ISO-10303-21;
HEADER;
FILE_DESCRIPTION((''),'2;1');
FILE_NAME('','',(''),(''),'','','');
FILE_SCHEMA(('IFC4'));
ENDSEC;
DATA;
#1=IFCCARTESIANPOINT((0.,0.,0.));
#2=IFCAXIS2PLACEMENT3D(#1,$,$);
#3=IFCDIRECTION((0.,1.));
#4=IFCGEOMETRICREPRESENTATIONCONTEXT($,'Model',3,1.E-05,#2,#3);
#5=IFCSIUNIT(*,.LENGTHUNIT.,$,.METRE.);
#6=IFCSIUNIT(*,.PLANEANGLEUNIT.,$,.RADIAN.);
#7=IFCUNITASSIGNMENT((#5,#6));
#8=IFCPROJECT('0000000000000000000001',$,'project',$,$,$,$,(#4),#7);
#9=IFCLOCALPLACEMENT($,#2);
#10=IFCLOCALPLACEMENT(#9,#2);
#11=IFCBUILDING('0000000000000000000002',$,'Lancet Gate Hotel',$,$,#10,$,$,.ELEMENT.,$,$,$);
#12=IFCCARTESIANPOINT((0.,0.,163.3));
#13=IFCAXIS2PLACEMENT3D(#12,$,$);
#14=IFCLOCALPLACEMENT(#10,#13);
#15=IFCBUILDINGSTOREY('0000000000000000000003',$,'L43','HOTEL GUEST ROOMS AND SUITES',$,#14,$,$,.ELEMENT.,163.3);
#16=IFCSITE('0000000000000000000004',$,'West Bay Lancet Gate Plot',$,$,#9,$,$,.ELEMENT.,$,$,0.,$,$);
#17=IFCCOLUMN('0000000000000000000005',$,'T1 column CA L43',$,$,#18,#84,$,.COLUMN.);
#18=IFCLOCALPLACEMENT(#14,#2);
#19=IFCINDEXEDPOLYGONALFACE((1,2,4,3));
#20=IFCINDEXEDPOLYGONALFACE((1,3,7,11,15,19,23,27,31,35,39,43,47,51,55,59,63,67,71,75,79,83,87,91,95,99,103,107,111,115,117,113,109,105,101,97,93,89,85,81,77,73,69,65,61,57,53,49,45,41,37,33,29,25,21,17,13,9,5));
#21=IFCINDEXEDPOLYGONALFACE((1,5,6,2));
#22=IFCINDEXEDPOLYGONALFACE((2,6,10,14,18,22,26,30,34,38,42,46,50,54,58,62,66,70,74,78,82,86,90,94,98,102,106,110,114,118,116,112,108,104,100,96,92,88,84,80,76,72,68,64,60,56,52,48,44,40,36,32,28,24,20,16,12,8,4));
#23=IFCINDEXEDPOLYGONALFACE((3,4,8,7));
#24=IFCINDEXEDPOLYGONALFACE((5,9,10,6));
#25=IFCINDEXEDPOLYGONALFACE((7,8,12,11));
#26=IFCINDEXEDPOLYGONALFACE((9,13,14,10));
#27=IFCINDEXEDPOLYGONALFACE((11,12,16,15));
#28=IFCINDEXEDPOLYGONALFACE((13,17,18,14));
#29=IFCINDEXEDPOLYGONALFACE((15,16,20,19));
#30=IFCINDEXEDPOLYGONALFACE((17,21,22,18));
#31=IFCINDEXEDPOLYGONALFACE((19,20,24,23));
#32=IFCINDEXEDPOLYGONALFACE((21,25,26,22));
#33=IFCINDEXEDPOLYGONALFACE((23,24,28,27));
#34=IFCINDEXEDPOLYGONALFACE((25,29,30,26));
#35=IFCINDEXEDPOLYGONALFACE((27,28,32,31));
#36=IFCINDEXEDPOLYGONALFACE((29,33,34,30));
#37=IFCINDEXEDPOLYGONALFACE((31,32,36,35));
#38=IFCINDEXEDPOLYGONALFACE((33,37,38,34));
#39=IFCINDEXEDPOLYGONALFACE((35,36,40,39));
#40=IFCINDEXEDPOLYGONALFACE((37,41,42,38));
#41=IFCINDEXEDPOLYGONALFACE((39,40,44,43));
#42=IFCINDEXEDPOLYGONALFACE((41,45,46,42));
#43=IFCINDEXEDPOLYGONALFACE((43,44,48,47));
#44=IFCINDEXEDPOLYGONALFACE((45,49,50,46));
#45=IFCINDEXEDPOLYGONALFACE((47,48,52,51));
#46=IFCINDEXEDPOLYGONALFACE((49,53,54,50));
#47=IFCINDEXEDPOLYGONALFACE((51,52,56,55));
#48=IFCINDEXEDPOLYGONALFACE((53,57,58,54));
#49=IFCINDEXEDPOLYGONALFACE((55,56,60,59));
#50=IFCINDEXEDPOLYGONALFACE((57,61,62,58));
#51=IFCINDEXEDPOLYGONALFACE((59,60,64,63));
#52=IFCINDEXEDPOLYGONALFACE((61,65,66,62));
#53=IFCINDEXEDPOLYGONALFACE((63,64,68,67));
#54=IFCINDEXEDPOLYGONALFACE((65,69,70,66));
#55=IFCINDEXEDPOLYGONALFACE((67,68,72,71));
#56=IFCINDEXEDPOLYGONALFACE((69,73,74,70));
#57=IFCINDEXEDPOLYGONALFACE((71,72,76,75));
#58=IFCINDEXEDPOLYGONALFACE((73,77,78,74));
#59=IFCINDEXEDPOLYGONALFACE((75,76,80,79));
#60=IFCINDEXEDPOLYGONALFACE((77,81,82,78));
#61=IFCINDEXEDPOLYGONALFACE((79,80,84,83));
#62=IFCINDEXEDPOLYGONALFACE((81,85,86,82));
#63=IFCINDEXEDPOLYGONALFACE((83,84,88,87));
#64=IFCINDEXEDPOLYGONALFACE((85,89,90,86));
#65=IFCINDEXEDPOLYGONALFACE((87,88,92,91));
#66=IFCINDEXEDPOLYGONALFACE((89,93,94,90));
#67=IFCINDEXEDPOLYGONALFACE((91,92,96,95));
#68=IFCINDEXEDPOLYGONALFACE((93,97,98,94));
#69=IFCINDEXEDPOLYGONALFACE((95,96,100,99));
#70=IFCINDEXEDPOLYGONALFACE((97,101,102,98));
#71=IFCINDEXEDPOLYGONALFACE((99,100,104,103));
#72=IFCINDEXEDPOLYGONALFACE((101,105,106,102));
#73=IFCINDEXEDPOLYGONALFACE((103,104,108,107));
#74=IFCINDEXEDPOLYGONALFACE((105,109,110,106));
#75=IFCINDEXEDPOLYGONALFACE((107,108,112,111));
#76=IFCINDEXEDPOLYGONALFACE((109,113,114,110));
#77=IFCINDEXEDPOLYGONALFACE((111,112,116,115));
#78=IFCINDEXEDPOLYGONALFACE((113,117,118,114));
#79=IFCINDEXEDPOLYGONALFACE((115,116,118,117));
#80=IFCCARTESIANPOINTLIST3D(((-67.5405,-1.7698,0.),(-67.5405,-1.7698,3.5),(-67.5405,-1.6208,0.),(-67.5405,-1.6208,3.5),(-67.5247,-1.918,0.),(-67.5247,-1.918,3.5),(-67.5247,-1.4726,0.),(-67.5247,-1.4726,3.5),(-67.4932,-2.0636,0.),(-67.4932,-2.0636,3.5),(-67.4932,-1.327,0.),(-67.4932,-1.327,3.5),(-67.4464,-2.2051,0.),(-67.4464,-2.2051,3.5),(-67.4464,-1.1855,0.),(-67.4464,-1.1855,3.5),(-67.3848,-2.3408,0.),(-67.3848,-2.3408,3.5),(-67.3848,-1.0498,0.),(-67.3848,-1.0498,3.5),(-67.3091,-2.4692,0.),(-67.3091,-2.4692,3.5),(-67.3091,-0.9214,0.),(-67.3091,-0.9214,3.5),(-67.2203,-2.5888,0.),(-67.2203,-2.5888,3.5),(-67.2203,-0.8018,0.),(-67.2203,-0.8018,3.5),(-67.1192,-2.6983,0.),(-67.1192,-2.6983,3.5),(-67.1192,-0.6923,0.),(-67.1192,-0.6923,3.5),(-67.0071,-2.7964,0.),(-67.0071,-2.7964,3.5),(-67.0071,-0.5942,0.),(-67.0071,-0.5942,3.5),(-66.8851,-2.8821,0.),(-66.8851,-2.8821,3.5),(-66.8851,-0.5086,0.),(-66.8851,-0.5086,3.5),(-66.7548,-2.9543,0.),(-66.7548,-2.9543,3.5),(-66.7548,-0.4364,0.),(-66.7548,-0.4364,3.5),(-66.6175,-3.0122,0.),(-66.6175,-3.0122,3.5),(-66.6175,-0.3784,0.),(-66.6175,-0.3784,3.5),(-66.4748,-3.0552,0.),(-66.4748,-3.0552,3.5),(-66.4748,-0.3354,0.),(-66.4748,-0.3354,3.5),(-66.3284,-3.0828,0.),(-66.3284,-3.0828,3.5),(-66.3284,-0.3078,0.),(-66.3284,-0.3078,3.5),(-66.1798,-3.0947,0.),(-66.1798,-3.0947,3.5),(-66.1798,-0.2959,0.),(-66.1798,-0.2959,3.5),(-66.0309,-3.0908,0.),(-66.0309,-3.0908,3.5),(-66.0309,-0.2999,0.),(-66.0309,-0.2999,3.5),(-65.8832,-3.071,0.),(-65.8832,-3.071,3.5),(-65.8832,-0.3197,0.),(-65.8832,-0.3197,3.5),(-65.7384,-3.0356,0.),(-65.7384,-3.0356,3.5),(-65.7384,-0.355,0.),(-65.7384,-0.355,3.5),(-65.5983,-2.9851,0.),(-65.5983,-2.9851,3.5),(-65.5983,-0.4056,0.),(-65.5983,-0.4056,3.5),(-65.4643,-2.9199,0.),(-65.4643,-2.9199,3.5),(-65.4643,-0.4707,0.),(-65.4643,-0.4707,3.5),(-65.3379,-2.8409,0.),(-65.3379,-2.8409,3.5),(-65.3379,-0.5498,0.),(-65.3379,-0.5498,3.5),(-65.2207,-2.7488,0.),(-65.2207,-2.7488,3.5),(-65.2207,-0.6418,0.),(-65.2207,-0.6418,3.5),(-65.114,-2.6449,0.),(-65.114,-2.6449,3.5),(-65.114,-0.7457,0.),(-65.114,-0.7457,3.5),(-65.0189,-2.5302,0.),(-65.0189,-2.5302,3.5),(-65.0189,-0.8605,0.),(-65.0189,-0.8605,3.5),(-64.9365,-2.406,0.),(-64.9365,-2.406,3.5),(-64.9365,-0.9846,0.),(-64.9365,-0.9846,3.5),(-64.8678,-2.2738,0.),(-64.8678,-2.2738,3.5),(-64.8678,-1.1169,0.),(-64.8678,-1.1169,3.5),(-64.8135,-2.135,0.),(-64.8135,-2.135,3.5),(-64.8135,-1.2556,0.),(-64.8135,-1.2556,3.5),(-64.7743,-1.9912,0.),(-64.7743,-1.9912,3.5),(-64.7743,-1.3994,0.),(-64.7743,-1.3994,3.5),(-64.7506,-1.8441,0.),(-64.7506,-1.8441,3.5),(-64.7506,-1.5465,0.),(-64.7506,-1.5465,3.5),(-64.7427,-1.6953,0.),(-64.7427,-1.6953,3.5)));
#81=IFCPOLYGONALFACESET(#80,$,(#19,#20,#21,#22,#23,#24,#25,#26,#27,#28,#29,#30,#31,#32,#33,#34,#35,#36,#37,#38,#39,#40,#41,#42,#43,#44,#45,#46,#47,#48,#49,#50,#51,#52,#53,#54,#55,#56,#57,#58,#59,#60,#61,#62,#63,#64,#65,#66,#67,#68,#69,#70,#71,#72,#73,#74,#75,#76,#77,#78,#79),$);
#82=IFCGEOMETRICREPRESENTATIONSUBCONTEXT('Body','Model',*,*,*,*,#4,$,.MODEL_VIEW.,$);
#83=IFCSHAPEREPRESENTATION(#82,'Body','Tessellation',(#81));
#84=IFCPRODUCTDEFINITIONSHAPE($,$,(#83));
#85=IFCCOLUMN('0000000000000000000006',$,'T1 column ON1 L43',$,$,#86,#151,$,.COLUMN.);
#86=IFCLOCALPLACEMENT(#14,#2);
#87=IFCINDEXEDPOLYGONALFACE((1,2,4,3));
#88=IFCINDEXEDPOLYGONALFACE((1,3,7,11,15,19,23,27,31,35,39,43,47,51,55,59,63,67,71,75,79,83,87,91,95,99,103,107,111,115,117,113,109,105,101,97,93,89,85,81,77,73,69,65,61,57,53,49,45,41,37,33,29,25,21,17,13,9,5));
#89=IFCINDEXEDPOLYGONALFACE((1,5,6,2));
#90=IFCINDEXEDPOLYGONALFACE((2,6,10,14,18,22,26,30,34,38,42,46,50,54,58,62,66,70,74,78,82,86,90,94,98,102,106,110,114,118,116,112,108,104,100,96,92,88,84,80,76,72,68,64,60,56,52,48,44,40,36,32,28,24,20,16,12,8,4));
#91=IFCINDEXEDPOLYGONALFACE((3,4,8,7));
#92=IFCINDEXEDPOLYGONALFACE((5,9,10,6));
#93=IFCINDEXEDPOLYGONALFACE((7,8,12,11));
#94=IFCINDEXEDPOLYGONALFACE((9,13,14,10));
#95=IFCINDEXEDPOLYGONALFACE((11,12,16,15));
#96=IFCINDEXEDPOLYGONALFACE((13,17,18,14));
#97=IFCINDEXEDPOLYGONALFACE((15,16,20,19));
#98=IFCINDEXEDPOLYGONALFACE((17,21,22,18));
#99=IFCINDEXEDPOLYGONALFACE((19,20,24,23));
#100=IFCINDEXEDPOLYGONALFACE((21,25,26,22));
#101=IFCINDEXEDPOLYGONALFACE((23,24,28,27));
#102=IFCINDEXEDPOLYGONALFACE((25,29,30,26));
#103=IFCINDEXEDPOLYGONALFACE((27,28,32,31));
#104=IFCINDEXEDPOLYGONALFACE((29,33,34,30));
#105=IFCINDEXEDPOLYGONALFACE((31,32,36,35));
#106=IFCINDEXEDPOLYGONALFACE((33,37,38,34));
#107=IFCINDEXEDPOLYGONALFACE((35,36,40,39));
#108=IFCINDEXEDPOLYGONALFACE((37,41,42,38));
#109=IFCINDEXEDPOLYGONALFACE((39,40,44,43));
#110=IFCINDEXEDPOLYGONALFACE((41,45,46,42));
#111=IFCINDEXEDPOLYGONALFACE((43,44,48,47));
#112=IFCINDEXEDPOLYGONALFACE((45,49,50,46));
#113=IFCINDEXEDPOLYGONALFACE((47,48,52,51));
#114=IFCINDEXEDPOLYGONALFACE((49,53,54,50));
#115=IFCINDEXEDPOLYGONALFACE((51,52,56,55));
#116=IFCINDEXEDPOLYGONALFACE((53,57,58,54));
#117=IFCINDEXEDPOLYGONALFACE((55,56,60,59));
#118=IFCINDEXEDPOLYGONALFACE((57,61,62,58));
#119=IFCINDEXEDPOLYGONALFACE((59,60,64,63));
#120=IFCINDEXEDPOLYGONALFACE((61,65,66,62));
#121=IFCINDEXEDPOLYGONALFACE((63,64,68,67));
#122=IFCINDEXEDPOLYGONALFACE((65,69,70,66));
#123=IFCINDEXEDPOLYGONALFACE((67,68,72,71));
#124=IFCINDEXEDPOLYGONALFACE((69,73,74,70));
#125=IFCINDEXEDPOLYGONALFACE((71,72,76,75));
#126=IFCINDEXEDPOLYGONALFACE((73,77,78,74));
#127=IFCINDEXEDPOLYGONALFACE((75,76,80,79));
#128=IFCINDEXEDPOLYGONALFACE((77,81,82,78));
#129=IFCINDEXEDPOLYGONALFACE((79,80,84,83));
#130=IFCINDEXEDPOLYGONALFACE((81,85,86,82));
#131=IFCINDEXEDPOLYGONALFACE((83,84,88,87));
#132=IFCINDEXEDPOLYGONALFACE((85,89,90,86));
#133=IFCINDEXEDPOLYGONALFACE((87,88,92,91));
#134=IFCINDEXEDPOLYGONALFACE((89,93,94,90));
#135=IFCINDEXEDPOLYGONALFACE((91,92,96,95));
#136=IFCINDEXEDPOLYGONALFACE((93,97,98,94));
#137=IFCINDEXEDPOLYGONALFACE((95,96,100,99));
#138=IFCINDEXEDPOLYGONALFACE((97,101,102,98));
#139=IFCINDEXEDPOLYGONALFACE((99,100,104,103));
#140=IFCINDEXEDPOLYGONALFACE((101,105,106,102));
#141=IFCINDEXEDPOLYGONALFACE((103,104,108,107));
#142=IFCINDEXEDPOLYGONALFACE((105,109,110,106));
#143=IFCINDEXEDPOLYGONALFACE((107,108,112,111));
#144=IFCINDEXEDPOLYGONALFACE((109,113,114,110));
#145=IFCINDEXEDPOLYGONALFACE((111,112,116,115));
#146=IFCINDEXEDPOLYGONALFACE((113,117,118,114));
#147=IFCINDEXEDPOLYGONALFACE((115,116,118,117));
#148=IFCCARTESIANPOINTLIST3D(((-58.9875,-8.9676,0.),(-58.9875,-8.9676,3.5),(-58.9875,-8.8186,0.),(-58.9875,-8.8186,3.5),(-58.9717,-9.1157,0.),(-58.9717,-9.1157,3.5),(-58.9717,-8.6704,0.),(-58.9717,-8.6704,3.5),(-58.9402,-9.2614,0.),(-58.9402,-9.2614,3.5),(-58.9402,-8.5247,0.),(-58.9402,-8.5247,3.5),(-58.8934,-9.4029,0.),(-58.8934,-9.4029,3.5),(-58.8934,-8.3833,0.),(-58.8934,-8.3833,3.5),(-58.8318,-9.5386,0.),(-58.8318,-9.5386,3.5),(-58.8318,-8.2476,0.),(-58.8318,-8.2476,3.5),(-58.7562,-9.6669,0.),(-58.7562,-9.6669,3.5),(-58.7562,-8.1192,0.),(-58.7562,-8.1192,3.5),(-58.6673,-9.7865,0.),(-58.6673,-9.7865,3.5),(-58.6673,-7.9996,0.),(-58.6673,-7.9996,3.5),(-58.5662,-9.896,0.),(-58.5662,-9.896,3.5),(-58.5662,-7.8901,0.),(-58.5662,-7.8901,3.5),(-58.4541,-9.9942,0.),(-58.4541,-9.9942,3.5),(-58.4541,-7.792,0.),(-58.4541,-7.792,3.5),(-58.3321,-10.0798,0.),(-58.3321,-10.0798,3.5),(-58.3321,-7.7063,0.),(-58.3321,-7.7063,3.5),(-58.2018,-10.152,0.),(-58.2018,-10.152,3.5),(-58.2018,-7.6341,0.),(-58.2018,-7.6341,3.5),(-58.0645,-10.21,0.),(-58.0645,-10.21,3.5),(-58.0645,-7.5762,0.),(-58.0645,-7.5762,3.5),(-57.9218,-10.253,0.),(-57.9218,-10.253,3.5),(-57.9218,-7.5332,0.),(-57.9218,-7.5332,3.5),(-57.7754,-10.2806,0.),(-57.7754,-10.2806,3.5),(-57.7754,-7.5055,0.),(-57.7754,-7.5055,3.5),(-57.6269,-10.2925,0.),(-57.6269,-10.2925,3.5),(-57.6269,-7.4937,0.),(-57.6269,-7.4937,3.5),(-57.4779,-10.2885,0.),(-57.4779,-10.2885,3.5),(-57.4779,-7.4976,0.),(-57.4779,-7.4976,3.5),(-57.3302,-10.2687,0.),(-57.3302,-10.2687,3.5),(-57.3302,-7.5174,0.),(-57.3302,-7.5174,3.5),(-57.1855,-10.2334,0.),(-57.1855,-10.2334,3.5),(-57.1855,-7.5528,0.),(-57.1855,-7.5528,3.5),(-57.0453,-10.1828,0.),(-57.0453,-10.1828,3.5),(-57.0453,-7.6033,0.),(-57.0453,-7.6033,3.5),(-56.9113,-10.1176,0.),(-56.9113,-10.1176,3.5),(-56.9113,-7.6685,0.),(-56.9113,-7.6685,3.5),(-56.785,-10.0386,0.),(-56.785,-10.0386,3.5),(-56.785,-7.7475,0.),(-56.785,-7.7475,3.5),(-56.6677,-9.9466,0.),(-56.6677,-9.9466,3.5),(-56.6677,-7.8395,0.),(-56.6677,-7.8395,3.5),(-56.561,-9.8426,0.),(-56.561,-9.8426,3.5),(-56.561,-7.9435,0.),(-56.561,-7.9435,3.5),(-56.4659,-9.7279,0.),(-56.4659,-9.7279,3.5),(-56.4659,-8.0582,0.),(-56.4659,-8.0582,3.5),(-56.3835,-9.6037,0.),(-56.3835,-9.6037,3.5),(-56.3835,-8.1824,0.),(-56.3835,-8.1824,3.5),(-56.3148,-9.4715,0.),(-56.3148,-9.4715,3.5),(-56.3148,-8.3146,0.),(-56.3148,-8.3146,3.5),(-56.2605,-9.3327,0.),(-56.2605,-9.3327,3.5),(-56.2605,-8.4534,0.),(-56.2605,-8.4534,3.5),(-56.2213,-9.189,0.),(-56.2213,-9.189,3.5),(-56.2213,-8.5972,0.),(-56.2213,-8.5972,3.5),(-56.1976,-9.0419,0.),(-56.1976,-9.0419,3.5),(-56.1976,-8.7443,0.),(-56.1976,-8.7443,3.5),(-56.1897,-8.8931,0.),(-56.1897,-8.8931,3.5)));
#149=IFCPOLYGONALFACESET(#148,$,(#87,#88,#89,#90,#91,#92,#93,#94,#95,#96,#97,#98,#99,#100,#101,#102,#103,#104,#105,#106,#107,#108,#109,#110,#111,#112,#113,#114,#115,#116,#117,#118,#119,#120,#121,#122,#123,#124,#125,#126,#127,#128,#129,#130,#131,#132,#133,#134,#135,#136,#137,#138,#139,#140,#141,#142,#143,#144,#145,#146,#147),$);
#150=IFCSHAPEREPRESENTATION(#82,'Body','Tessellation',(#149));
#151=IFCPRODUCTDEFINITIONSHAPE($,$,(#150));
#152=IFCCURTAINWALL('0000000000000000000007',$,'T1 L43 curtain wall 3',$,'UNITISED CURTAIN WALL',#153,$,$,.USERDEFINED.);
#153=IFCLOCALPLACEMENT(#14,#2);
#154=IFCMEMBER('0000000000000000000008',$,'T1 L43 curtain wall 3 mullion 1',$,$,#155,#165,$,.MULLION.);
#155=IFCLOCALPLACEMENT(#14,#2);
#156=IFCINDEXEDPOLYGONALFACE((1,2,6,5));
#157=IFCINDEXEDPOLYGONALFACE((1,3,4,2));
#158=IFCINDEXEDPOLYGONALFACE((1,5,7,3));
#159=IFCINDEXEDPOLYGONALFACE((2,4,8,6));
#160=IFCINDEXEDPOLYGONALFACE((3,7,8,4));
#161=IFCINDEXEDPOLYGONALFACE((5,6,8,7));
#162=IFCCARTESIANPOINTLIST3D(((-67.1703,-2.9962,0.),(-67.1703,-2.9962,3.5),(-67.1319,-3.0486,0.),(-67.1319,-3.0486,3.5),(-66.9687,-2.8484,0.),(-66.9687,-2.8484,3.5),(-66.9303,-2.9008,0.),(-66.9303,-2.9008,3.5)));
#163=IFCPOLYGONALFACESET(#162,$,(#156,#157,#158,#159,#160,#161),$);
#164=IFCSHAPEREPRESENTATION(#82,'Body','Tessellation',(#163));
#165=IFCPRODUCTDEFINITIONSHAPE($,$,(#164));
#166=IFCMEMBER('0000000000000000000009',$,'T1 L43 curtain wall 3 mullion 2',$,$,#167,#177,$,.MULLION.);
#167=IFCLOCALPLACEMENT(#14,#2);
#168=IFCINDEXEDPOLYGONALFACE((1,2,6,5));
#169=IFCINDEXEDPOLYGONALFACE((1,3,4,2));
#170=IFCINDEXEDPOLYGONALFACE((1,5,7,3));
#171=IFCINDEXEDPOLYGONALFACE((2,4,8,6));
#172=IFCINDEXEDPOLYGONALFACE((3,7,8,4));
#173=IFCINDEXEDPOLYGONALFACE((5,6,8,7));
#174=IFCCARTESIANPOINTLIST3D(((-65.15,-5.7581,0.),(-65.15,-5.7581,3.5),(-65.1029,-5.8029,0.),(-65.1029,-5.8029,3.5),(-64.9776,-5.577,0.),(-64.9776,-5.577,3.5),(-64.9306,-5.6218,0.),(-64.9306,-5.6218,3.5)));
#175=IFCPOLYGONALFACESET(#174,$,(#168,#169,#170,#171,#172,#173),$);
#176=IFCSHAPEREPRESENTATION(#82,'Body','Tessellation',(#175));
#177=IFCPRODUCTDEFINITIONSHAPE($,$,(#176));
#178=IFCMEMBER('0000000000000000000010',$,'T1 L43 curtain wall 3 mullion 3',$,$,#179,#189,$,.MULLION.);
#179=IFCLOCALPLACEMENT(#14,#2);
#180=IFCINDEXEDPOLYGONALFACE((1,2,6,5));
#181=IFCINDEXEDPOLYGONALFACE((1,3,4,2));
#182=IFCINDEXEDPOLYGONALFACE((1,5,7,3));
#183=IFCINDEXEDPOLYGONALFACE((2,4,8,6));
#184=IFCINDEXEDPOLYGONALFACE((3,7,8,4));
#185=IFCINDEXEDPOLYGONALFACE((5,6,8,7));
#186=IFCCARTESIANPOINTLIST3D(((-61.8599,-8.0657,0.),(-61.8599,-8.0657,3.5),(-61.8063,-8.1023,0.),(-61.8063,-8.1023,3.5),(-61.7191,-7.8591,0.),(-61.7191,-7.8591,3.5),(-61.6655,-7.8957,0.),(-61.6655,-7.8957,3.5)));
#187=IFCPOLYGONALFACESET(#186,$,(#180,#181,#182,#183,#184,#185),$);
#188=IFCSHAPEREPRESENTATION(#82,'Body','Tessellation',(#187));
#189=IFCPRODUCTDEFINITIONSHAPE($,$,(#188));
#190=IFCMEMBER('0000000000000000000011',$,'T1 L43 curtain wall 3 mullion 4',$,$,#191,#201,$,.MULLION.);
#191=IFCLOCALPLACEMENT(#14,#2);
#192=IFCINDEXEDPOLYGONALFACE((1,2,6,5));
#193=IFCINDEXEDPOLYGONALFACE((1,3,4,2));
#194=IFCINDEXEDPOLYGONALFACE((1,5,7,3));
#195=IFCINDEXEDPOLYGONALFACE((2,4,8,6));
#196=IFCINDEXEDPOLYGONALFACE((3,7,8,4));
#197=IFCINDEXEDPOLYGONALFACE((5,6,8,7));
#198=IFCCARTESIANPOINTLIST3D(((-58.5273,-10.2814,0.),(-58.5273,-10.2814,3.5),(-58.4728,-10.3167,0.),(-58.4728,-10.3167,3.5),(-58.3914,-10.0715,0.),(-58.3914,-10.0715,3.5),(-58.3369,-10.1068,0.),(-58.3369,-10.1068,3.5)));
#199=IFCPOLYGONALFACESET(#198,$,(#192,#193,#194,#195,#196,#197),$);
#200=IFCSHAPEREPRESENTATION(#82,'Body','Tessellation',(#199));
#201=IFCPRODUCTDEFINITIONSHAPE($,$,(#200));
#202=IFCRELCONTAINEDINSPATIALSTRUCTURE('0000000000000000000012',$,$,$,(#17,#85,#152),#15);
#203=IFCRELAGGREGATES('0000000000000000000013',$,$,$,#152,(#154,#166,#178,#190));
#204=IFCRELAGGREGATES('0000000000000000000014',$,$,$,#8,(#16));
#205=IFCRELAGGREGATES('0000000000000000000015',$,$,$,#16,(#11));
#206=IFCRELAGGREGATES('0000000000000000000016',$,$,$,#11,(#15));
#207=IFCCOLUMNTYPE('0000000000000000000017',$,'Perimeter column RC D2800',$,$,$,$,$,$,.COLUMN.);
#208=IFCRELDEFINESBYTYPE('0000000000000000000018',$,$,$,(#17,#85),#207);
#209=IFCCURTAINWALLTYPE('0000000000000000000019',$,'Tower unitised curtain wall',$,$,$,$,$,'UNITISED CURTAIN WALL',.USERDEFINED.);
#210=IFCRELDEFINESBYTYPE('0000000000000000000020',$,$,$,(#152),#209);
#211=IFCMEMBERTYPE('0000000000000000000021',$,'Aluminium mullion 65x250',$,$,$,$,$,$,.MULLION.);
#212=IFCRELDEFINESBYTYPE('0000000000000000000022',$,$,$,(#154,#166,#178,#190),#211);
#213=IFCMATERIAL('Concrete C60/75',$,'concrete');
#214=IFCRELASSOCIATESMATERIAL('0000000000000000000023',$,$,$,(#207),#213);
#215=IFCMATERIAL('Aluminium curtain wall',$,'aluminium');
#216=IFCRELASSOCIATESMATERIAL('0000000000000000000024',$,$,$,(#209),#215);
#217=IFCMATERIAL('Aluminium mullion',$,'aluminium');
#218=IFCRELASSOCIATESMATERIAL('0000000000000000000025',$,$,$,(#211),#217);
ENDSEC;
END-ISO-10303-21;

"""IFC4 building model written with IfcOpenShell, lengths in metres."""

from ifc_helpers import new_model, si_unit, direction, frame, origin, origin_2d, place, context, subcontext, project, spatial, rectangle, circle, extrude, material, material_profile, profile_set, type_object, element, aggregate, save


model = new_model("IFC4")

# Units and contexts
model_context = context("Model", 3, precision=1e-05, world=origin(), true_north=direction((0.0, 1.0)))
body_context = subcontext(model_context, "Body", "Model", "MODEL_VIEW")
ifc_project = project(units=[si_unit("LENGTHUNIT", "METRE"), si_unit("PLANEANGLEUNIT", "RADIAN")], contexts=[model_context])

# Site, building, storey
site_placement = place(None, origin())
site = spatial("IfcSite", under=ifc_project, at=site_placement, Name="West Bay Lancet Gate Plot", CompositionType="ELEMENT", RefElevation=0.0)
building_placement = place(site_placement, origin())
building = spatial("IfcBuilding", under=site, at=building_placement, Name="Lancet Gate Hotel", CompositionType="ELEMENT")
storey_placement = place(building_placement, frame((0.0, 0.0, 163.3)))
storey = spatial("IfcBuildingStorey", under=building, at=storey_placement, Name="L43", Description="HOTEL GUEST ROOMS AND SUITES", CompositionType="ELEMENT", Elevation=163.3)

# Columns
ifc_material_1 = material(Name="Concrete C60/75", Category="concrete")
ifc_material_profile_1 = material_profile(ifc_material_1, circle(Radius=1.3999, at=origin_2d()), Name="RC D2800")
ifc_profile_set_1 = profile_set([ifc_material_profile_1], Name="Concrete C60/75")
column_type = type_object("IfcColumnType", Name="Perimeter column RC D2800", PredefinedType="COLUMN", material=ifc_profile_set_1)
for number, where, z_axis, x_axis, name in (
    (1, (-66.1426, -1.6953, 0.0), (0.0, 0.0, 1.0), (1.0, 0.0, 0.0), "T1 column CA L43"),
    (2, (-57.5896, -8.8931, 0.0), (0.0, 0.0, 1.0), (1.0, 0.0, 0.0), "T1 column ON1 L43"),
):
    element("IfcColumn", number, at=place(storey_placement, frame(where, z_axis=z_axis, x_axis=x_axis)), inside=storey, type_object=column_type, Name=name, PredefinedType="COLUMN", context=body_context, shape_type="SweptSolid", body=[
        extrude(circle(Radius=1.3999, at=origin_2d()), origin(), (0.0, 0.0, 1.0), 3.5),
    ])

# Curtain wall, members
ifc_material_2 = material(Name="Aluminium curtain wall", Category="aluminium")
curtain_wall_type = type_object("IfcCurtainWallType", Name="Tower unitised curtain wall", ElementType="UNITISED CURTAIN WALL", PredefinedType="USERDEFINED", material=ifc_material_2)
curtain_wall_placement = place(storey_placement, origin())
curtain_wall = element("IfcCurtainWall", 3, at=curtain_wall_placement, inside=storey, type_object=curtain_wall_type, Name="T1 L43 curtain wall 3", ObjectType="UNITISED CURTAIN WALL", PredefinedType="USERDEFINED")
ifc_material_3 = material(Name="Aluminium mullion", Category="aluminium")
ifc_material_profile_2 = material_profile(ifc_material_3, rectangle(XDim=0.0649, YDim=0.25, at=origin_2d()), Name="MULLION 65x250")
ifc_profile_set_2 = profile_set([ifc_material_profile_2], Name="Aluminium mullion")
member_type_1 = type_object("IfcMemberType", Name="Aluminium mullion 65x250", PredefinedType="MULLION", material=ifc_profile_set_2)
member_1_placement = place(storey_placement, frame((-67.0503, -2.9485, 0.0), z_axis=(0.0, 0.0, 1.0), x_axis=(0.5913, -0.806452, 0.0)))
member_1 = element("IfcMember", 4, at=member_1_placement, type_object=member_type_1, Name="T1 L43 curtain wall 3 mullion 1", PredefinedType="MULLION", context=body_context, shape_type="SweptSolid", body=[
    extrude(rectangle(XDim=0.0649, YDim=0.25, at=origin_2d()), origin(), (0.0, 0.0, 1.0), 3.5),
])
member_2_placement = place(storey_placement, frame((-65.0403, -5.6899, 0.0), z_axis=(0.0, 0.0, 1.0), x_axis=(0.724382, -0.689399, 0.0)))
member_2 = element("IfcMember", 5, at=member_2_placement, type_object=member_type_1, Name="T1 L43 curtain wall 3 mullion 2", PredefinedType="MULLION", context=body_context, shape_type="SweptSolid", body=[
    extrude(rectangle(XDim=0.0649, YDim=0.25, at=origin_2d()), origin(), (0.0, 0.0, 1.0), 3.5),
])
member_3_placement = place(storey_placement, frame((-61.7627, -7.9807, 0.0), z_axis=(0.0, 0.0, 1.0), x_axis=(0.826312, -0.563212, 0.0)))
member_3 = element("IfcMember", 6, at=member_3_placement, type_object=member_type_1, Name="T1 L43 curtain wall 3 mullion 3", PredefinedType="MULLION", context=body_context, shape_type="SweptSolid", body=[
    extrude(rectangle(XDim=0.0649, YDim=0.25, at=origin_2d()), origin(), (0.0, 0.0, 1.0), 3.5),
])
member_4_placement = place(storey_placement, frame((-58.4321, -10.1941, 0.0), z_axis=(0.0, 0.0, 1.0), x_axis=(0.839331, -0.543621, 0.0)))
member_4 = element("IfcMember", 7, at=member_4_placement, type_object=member_type_1, Name="T1 L43 curtain wall 3 mullion 4", PredefinedType="MULLION", context=body_context, shape_type="SweptSolid", body=[
    extrude(rectangle(XDim=0.0649, YDim=0.25, at=origin_2d()), origin(), (0.0, 0.0, 1.0), 3.5),
])

aggregate(curtain_wall, [member_1, member_2, member_3, member_4])

save(model, "model.ifc")
